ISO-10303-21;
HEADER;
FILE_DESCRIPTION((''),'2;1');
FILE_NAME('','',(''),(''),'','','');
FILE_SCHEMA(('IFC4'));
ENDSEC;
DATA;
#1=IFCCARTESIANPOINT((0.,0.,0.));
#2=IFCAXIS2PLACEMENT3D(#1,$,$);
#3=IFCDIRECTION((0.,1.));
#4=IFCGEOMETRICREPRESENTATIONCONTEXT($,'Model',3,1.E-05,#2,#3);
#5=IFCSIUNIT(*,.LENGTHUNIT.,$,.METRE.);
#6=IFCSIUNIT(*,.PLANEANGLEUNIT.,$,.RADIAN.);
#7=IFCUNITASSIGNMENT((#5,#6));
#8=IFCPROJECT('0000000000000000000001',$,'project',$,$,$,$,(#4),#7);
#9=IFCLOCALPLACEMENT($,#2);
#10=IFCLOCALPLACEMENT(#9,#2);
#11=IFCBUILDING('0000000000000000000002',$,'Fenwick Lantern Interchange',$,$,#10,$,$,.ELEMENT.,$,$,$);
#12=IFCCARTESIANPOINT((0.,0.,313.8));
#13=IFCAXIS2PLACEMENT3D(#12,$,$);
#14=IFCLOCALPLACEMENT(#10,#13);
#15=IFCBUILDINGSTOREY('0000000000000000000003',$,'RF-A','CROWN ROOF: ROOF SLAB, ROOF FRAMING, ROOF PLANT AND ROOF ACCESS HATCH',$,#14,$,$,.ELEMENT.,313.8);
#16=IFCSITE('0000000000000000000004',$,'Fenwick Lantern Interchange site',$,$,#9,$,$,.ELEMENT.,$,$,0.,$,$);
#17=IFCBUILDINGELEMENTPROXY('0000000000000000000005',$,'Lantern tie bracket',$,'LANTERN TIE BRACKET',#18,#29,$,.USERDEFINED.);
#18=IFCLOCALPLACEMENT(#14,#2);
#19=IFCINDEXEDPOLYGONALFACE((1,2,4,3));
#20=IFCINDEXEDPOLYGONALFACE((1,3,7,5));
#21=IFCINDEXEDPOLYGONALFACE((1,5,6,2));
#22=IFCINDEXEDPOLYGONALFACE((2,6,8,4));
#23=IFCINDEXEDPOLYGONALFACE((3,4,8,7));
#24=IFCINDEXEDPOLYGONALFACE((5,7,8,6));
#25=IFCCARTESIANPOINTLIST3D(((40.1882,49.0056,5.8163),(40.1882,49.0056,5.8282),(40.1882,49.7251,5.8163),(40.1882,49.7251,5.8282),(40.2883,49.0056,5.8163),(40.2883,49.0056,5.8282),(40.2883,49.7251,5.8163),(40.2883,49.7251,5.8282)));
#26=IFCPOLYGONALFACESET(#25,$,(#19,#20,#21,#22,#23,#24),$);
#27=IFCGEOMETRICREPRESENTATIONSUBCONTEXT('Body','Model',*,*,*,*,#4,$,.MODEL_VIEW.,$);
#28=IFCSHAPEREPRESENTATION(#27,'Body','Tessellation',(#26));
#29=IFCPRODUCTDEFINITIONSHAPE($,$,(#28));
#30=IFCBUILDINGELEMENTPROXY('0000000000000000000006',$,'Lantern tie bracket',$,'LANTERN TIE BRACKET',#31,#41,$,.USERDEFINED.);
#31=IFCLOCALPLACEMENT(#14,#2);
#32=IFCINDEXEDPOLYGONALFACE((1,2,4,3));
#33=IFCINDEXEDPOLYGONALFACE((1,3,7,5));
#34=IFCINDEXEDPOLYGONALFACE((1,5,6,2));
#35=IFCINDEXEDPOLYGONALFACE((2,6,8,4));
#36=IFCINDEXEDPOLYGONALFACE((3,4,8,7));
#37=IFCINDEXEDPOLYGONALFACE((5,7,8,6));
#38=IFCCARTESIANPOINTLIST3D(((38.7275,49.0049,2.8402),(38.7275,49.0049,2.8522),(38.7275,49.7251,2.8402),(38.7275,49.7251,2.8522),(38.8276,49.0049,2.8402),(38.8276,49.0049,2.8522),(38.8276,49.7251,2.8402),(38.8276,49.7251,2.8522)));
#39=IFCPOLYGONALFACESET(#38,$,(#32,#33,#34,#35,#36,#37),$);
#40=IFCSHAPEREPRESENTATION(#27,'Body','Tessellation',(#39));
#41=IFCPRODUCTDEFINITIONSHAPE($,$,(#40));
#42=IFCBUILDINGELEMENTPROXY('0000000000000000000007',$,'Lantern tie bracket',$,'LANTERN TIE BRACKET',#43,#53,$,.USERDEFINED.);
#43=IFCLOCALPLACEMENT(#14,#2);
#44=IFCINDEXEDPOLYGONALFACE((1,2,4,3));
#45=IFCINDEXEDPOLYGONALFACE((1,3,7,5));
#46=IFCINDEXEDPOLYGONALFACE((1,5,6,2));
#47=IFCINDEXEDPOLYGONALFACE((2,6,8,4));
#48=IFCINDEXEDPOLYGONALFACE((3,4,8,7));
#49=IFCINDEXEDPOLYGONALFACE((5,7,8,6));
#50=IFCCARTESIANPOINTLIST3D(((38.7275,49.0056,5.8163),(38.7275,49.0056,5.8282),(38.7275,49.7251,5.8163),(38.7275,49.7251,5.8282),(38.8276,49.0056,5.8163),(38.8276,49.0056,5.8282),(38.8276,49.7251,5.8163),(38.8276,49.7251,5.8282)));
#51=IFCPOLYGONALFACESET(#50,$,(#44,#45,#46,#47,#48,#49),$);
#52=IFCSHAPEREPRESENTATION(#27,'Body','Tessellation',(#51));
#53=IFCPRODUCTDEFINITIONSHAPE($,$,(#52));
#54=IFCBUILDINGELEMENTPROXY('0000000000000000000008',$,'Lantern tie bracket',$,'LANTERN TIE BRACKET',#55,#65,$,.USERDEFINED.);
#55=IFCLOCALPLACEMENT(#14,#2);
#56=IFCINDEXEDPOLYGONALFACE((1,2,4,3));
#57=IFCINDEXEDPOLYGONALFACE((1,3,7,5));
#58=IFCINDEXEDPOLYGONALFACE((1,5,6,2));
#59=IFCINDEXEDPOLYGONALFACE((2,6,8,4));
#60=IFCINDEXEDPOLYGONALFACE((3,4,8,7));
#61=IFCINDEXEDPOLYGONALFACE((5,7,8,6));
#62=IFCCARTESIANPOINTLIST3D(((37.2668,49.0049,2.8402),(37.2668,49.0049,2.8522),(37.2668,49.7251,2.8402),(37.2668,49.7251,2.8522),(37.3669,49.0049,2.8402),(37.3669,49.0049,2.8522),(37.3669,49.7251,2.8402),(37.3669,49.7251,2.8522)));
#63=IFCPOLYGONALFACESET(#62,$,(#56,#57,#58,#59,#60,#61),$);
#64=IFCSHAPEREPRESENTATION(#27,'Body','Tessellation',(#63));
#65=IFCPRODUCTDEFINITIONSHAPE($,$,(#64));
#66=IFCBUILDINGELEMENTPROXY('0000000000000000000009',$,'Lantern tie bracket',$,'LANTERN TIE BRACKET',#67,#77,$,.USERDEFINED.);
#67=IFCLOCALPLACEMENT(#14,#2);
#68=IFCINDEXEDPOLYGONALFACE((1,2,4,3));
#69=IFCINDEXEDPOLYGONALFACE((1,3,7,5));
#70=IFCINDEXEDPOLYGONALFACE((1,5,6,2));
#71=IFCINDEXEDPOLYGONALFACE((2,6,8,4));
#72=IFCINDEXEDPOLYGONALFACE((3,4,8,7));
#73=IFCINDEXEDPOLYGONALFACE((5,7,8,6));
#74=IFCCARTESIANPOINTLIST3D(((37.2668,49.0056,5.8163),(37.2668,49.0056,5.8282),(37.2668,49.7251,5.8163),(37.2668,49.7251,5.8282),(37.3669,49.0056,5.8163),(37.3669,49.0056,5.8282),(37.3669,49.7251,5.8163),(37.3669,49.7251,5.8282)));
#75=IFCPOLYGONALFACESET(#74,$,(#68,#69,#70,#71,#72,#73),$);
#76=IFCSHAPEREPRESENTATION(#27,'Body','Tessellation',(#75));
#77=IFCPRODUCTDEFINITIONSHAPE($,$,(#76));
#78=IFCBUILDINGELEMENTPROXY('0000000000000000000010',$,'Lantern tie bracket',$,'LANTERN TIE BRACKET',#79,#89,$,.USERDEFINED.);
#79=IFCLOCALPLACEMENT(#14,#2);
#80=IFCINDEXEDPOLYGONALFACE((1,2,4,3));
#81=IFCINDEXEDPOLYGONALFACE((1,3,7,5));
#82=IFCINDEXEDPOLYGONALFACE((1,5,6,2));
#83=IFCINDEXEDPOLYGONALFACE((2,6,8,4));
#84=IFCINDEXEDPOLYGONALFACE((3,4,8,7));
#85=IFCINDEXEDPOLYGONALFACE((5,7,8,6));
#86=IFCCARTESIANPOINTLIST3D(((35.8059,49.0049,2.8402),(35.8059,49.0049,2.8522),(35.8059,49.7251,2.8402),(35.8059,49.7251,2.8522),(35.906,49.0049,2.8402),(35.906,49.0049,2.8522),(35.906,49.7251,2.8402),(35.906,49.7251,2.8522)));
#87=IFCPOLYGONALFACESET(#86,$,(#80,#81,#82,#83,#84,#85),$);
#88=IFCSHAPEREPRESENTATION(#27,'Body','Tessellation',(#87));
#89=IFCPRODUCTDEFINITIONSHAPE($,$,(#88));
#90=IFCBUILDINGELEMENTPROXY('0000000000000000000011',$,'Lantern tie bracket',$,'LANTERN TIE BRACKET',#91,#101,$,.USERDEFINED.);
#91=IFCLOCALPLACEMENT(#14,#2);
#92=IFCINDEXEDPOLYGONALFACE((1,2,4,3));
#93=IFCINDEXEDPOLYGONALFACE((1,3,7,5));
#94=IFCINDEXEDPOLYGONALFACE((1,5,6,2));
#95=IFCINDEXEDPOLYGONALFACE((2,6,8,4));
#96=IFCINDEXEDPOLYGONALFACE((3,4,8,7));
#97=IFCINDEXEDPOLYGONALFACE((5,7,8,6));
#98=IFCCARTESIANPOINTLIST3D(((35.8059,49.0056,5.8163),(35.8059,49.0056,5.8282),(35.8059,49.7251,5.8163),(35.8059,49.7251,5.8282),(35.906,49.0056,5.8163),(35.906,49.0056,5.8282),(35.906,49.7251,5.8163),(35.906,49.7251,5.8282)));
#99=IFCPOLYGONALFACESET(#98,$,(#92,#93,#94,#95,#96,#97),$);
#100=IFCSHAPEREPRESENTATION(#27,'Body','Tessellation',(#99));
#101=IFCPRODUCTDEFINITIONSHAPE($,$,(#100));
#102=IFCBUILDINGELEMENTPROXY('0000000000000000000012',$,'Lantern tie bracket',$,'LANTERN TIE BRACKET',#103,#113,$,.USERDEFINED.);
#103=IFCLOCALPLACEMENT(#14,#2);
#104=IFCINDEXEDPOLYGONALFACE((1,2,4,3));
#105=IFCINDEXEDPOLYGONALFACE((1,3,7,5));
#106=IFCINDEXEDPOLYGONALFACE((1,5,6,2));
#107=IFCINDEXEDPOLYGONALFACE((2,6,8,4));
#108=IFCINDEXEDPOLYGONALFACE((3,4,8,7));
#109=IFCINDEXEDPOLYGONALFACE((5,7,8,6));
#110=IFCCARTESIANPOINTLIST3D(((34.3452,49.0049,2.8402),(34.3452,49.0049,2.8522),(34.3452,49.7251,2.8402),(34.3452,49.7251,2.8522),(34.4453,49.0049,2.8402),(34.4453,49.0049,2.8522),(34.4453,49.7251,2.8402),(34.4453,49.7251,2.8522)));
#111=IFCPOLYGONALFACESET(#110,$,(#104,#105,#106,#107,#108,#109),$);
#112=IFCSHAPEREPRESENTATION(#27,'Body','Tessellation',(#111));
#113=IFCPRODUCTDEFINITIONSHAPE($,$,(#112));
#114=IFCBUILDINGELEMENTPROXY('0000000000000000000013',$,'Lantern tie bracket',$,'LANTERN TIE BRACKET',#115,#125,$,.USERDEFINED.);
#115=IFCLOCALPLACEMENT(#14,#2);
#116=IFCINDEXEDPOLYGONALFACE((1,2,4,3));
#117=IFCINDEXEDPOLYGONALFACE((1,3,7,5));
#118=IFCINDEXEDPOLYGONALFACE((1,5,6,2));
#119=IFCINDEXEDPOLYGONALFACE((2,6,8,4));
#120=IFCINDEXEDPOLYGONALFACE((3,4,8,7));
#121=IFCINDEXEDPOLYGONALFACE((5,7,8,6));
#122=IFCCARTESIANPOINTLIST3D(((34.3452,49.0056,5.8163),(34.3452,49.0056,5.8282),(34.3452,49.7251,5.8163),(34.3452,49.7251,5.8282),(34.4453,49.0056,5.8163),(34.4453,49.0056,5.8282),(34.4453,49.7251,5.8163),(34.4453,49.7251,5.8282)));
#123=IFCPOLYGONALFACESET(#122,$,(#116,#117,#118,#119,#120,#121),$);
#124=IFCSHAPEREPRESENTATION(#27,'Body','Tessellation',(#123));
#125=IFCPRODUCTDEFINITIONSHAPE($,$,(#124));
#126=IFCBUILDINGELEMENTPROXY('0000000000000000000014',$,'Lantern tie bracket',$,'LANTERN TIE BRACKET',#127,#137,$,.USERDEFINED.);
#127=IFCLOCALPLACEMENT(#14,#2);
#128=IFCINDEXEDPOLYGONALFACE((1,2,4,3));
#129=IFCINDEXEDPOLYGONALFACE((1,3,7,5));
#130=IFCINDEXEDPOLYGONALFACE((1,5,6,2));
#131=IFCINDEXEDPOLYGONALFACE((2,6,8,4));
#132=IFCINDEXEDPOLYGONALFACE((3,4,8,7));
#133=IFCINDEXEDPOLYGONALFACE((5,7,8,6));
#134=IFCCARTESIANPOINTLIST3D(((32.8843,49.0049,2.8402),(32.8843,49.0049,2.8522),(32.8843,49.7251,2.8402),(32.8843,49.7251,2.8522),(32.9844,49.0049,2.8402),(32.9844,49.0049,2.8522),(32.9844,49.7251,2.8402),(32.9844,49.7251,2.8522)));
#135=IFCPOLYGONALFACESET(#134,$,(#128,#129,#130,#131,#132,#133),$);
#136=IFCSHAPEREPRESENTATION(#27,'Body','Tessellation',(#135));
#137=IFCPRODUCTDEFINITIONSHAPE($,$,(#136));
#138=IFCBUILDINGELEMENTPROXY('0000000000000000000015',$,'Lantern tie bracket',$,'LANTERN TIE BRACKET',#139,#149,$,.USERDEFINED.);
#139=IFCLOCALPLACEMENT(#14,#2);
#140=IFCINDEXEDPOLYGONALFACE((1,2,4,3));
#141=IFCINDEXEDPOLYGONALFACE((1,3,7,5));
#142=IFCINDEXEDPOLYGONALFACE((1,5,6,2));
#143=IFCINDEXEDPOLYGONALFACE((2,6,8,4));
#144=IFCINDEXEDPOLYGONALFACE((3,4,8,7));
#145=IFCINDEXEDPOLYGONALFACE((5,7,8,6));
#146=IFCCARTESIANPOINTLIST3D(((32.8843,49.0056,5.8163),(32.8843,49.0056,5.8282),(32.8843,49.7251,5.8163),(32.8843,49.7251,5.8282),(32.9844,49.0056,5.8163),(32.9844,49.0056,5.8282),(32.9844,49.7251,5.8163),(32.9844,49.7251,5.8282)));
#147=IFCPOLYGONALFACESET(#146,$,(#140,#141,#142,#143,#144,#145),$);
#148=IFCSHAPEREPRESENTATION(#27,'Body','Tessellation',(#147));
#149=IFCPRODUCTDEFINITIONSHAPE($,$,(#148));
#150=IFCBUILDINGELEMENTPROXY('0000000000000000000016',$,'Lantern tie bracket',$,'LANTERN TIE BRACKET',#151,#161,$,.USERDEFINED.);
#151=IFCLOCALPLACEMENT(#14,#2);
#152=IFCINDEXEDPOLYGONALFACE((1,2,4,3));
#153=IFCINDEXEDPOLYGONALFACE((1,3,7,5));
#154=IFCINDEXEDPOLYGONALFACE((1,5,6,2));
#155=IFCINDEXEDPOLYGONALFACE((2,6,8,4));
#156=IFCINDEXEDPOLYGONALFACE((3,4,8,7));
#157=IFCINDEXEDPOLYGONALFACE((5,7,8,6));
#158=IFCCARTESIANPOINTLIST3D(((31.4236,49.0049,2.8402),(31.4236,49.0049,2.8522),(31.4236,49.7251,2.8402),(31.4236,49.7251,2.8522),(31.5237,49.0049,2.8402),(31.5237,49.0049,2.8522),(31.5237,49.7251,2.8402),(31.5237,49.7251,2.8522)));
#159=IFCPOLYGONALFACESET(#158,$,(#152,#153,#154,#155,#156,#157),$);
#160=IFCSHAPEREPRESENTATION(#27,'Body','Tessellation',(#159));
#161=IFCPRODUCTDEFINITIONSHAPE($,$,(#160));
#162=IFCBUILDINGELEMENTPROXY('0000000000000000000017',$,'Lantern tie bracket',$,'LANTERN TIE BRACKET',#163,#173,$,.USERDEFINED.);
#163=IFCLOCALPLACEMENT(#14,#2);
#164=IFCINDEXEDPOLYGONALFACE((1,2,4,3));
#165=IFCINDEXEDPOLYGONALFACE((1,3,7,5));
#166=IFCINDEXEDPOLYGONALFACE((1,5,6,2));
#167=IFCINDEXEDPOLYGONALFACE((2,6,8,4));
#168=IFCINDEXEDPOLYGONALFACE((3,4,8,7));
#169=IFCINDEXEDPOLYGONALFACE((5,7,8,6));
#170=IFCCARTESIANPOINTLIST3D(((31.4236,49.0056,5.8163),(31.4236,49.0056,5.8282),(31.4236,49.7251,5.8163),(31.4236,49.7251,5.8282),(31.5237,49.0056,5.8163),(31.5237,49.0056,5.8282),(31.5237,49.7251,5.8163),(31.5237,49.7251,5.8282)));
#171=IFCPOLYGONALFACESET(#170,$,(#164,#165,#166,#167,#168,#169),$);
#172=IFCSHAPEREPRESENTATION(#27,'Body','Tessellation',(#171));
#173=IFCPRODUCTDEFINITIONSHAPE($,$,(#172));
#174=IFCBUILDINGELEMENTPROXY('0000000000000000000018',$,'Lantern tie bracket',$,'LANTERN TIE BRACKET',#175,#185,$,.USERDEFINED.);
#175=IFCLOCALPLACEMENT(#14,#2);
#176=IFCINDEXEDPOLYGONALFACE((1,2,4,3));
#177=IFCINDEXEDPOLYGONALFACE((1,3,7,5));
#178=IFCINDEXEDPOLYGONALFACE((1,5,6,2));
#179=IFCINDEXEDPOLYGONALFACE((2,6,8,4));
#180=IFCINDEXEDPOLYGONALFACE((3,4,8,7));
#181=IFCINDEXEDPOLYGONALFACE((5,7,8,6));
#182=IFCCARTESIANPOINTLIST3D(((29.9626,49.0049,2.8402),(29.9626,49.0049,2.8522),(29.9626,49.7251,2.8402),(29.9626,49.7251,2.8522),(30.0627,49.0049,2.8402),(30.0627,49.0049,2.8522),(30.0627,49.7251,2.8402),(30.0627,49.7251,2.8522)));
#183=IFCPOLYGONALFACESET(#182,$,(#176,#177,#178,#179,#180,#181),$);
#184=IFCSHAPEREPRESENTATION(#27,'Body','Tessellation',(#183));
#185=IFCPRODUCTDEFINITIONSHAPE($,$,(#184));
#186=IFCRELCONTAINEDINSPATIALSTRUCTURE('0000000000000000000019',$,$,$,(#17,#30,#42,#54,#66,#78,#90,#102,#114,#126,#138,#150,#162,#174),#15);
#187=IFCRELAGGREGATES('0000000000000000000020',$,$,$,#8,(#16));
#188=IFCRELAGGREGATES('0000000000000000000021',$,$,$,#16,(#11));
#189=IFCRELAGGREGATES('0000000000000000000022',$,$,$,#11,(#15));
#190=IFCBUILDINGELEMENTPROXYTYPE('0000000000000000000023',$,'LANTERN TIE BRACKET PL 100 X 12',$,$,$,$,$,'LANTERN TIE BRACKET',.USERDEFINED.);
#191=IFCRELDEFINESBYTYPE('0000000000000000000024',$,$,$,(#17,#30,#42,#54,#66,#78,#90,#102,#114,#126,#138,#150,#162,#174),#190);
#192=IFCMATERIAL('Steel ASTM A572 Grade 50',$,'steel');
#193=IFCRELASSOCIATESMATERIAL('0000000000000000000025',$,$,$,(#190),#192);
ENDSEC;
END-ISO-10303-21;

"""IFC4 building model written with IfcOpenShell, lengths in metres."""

from ifc_helpers import new_model, si_unit, direction, frame, origin, origin_2d, place, context, subcontext, project, spatial, rectangle, extrude, material, material_profile, profile_set, type_object, element, save


model = new_model("IFC4")

# Units and contexts
model_context = context("Model", 3, precision=1e-05, world=origin(), true_north=direction((0.0, 1.0)))
body_context = subcontext(model_context, "Body", "Model", "MODEL_VIEW")
ifc_project = project(units=[si_unit("LENGTHUNIT", "METRE"), si_unit("PLANEANGLEUNIT", "RADIAN")], contexts=[model_context])

# Site, building, storey
site_placement = place(None, origin())
site = spatial("IfcSite", under=ifc_project, at=site_placement, Name="Fenwick Lantern Interchange site", CompositionType="ELEMENT", RefElevation=0.0)
building_placement = place(site_placement, origin())
building = spatial("IfcBuilding", under=site, at=building_placement, Name="Fenwick Lantern Interchange", CompositionType="ELEMENT")
storey_placement = place(building_placement, frame((0.0, 0.0, 313.8)))
storey = spatial("IfcBuildingStorey", under=building, at=storey_placement, Name="RF-A", Description="CROWN ROOF: ROOF SLAB, ROOF FRAMING, ROOF PLANT AND ROOF ACCESS HATCH", CompositionType="ELEMENT", Elevation=313.8)

# Building element proxies
ifc_material_1 = material(Name="Steel ASTM A572 Grade 50", Category="steel")
ifc_material_profile_1 = material_profile(ifc_material_1, rectangle(XDim=0.1001, YDim=0.012, at=origin_2d()), Name="PL100X12")
ifc_profile_set_1 = profile_set([ifc_material_profile_1], Name="Steel ASTM A572 Grade 50")
building_element_proxy_type = type_object("IfcBuildingElementProxyType", Name="LANTERN TIE BRACKET PL 100 X 12", ElementType="LANTERN TIE BRACKET", PredefinedType="USERDEFINED", material=ifc_profile_set_1)
proxy_1_placement = place(storey_placement, frame((40.2383, 49.7251, 5.8223), z_axis=(0.0, -1.0, 0.0), x_axis=(1.0, 0.0, 0.0)))
element("IfcBuildingElementProxy", 1, at=proxy_1_placement, inside=storey, type_object=building_element_proxy_type, Name="Lantern tie bracket", ObjectType="LANTERN TIE BRACKET", PredefinedType="USERDEFINED", context=body_context, shape_type="SweptSolid", body=[
    extrude(rectangle(XDim=0.1001, YDim=0.012, at=origin_2d()), origin(), (0.0, 0.0, 1.0), 0.7195),
])
proxy_2_placement = place(storey_placement, frame((38.7776, 49.7251, 2.8462), z_axis=(0.0, -1.0, 0.0), x_axis=(1.0, 0.0, 0.0)))
element("IfcBuildingElementProxy", 2, at=proxy_2_placement, inside=storey, type_object=building_element_proxy_type, Name="Lantern tie bracket", ObjectType="LANTERN TIE BRACKET", PredefinedType="USERDEFINED", context=body_context, shape_type="SweptSolid", body=[
    extrude(rectangle(XDim=0.1001, YDim=0.012, at=origin_2d()), origin(), (0.0, 0.0, 1.0), 0.7202),
])
proxy_3_placement = place(storey_placement, frame((38.7776, 49.7251, 5.8223), z_axis=(0.0, -1.0, 0.0), x_axis=(1.0, 0.0, 0.0)))
element("IfcBuildingElementProxy", 3, at=proxy_3_placement, inside=storey, type_object=building_element_proxy_type, Name="Lantern tie bracket", ObjectType="LANTERN TIE BRACKET", PredefinedType="USERDEFINED", context=body_context, shape_type="SweptSolid", body=[
    extrude(rectangle(XDim=0.1001, YDim=0.012, at=origin_2d()), origin(), (0.0, 0.0, 1.0), 0.7195),
])
proxy_4_placement = place(storey_placement, frame((37.3169, 49.7251, 2.8462), z_axis=(0.0, -1.0, 0.0), x_axis=(1.0, 0.0, 0.0)))
element("IfcBuildingElementProxy", 4, at=proxy_4_placement, inside=storey, type_object=building_element_proxy_type, Name="Lantern tie bracket", ObjectType="LANTERN TIE BRACKET", PredefinedType="USERDEFINED", context=body_context, shape_type="SweptSolid", body=[
    extrude(rectangle(XDim=0.1001, YDim=0.012, at=origin_2d()), origin(), (0.0, 0.0, 1.0), 0.7202),
])
proxy_5_placement = place(storey_placement, frame((37.3169, 49.7251, 5.8223), z_axis=(0.0, -1.0, 0.0), x_axis=(1.0, 0.0, 0.0)))
element("IfcBuildingElementProxy", 5, at=proxy_5_placement, inside=storey, type_object=building_element_proxy_type, Name="Lantern tie bracket", ObjectType="LANTERN TIE BRACKET", PredefinedType="USERDEFINED", context=body_context, shape_type="SweptSolid", body=[
    extrude(rectangle(XDim=0.1001, YDim=0.012, at=origin_2d()), origin(), (0.0, 0.0, 1.0), 0.7195),
])
proxy_6_placement = place(storey_placement, frame((35.856, 49.7251, 2.8462), z_axis=(0.0, -1.0, 0.0), x_axis=(1.0, 0.0, 0.0)))
element("IfcBuildingElementProxy", 6, at=proxy_6_placement, inside=storey, type_object=building_element_proxy_type, Name="Lantern tie bracket", ObjectType="LANTERN TIE BRACKET", PredefinedType="USERDEFINED", context=body_context, shape_type="SweptSolid", body=[
    extrude(rectangle(XDim=0.1001, YDim=0.012, at=origin_2d()), origin(), (0.0, 0.0, 1.0), 0.7202),
])
proxy_7_placement = place(storey_placement, frame((35.856, 49.7251, 5.8223), z_axis=(0.0, -1.0, 0.0), x_axis=(1.0, 0.0, 0.0)))
element("IfcBuildingElementProxy", 7, at=proxy_7_placement, inside=storey, type_object=building_element_proxy_type, Name="Lantern tie bracket", ObjectType="LANTERN TIE BRACKET", PredefinedType="USERDEFINED", context=body_context, shape_type="SweptSolid", body=[
    extrude(rectangle(XDim=0.1001, YDim=0.012, at=origin_2d()), origin(), (0.0, 0.0, 1.0), 0.7195),
])
proxy_8_placement = place(storey_placement, frame((34.3953, 49.7251, 2.8462), z_axis=(0.0, -1.0, 0.0), x_axis=(1.0, 0.0, 0.0)))
element("IfcBuildingElementProxy", 8, at=proxy_8_placement, inside=storey, type_object=building_element_proxy_type, Name="Lantern tie bracket", ObjectType="LANTERN TIE BRACKET", PredefinedType="USERDEFINED", context=body_context, shape_type="SweptSolid", body=[
    extrude(rectangle(XDim=0.1001, YDim=0.012, at=origin_2d()), origin(), (0.0, 0.0, 1.0), 0.7202),
])
proxy_9_placement = place(storey_placement, frame((34.3953, 49.7251, 5.8223), z_axis=(0.0, -1.0, 0.0), x_axis=(1.0, 0.0, 0.0)))
element("IfcBuildingElementProxy", 9, at=proxy_9_placement, inside=storey, type_object=building_element_proxy_type, Name="Lantern tie bracket", ObjectType="LANTERN TIE BRACKET", PredefinedType="USERDEFINED", context=body_context, shape_type="SweptSolid", body=[
    extrude(rectangle(XDim=0.1001, YDim=0.012, at=origin_2d()), origin(), (0.0, 0.0, 1.0), 0.7195),
])
proxy_10_placement = place(storey_placement, frame((32.9343, 49.7251, 2.8462), z_axis=(0.0, -1.0, 0.0), x_axis=(1.0, 0.0, 0.0)))
element("IfcBuildingElementProxy", 10, at=proxy_10_placement, inside=storey, type_object=building_element_proxy_type, Name="Lantern tie bracket", ObjectType="LANTERN TIE BRACKET", PredefinedType="USERDEFINED", context=body_context, shape_type="SweptSolid", body=[
    extrude(rectangle(XDim=0.1001, YDim=0.012, at=origin_2d()), origin(), (0.0, 0.0, 1.0), 0.7202),
])
proxy_11_placement = place(storey_placement, frame((32.9343, 49.7251, 5.8223), z_axis=(0.0, -1.0, 0.0), x_axis=(1.0, 0.0, 0.0)))
element("IfcBuildingElementProxy", 11, at=proxy_11_placement, inside=storey, type_object=building_element_proxy_type, Name="Lantern tie bracket", ObjectType="LANTERN TIE BRACKET", PredefinedType="USERDEFINED", context=body_context, shape_type="SweptSolid", body=[
    extrude(rectangle(XDim=0.1001, YDim=0.012, at=origin_2d()), origin(), (0.0, 0.0, 1.0), 0.7195),
])
proxy_12_placement = place(storey_placement, frame((31.4736, 49.7251, 2.8462), z_axis=(0.0, -1.0, 0.0), x_axis=(1.0, 0.0, 0.0)))
element("IfcBuildingElementProxy", 12, at=proxy_12_placement, inside=storey, type_object=building_element_proxy_type, Name="Lantern tie bracket", ObjectType="LANTERN TIE BRACKET", PredefinedType="USERDEFINED", context=body_context, shape_type="SweptSolid", body=[
    extrude(rectangle(XDim=0.1001, YDim=0.012, at=origin_2d()), origin(), (0.0, 0.0, 1.0), 0.7202),
])
proxy_13_placement = place(storey_placement, frame((31.4736, 49.7251, 5.8223), z_axis=(0.0, -1.0, 0.0), x_axis=(1.0, 0.0, 0.0)))
element("IfcBuildingElementProxy", 13, at=proxy_13_placement, inside=storey, type_object=building_element_proxy_type, Name="Lantern tie bracket", ObjectType="LANTERN TIE BRACKET", PredefinedType="USERDEFINED", context=body_context, shape_type="SweptSolid", body=[
    extrude(rectangle(XDim=0.1001, YDim=0.012, at=origin_2d()), origin(), (0.0, 0.0, 1.0), 0.7195),
])
proxy_14_placement = place(storey_placement, frame((30.0127, 49.7251, 2.8462), z_axis=(0.0, -1.0, 0.0), x_axis=(1.0, 0.0, 0.0)))
element("IfcBuildingElementProxy", 14, at=proxy_14_placement, inside=storey, type_object=building_element_proxy_type, Name="Lantern tie bracket", ObjectType="LANTERN TIE BRACKET", PredefinedType="USERDEFINED", context=body_context, shape_type="SweptSolid", body=[
    extrude(rectangle(XDim=0.1001, YDim=0.012, at=origin_2d()), origin(), (0.0, 0.0, 1.0), 0.7202),
])

save(model, "model.ifc")
